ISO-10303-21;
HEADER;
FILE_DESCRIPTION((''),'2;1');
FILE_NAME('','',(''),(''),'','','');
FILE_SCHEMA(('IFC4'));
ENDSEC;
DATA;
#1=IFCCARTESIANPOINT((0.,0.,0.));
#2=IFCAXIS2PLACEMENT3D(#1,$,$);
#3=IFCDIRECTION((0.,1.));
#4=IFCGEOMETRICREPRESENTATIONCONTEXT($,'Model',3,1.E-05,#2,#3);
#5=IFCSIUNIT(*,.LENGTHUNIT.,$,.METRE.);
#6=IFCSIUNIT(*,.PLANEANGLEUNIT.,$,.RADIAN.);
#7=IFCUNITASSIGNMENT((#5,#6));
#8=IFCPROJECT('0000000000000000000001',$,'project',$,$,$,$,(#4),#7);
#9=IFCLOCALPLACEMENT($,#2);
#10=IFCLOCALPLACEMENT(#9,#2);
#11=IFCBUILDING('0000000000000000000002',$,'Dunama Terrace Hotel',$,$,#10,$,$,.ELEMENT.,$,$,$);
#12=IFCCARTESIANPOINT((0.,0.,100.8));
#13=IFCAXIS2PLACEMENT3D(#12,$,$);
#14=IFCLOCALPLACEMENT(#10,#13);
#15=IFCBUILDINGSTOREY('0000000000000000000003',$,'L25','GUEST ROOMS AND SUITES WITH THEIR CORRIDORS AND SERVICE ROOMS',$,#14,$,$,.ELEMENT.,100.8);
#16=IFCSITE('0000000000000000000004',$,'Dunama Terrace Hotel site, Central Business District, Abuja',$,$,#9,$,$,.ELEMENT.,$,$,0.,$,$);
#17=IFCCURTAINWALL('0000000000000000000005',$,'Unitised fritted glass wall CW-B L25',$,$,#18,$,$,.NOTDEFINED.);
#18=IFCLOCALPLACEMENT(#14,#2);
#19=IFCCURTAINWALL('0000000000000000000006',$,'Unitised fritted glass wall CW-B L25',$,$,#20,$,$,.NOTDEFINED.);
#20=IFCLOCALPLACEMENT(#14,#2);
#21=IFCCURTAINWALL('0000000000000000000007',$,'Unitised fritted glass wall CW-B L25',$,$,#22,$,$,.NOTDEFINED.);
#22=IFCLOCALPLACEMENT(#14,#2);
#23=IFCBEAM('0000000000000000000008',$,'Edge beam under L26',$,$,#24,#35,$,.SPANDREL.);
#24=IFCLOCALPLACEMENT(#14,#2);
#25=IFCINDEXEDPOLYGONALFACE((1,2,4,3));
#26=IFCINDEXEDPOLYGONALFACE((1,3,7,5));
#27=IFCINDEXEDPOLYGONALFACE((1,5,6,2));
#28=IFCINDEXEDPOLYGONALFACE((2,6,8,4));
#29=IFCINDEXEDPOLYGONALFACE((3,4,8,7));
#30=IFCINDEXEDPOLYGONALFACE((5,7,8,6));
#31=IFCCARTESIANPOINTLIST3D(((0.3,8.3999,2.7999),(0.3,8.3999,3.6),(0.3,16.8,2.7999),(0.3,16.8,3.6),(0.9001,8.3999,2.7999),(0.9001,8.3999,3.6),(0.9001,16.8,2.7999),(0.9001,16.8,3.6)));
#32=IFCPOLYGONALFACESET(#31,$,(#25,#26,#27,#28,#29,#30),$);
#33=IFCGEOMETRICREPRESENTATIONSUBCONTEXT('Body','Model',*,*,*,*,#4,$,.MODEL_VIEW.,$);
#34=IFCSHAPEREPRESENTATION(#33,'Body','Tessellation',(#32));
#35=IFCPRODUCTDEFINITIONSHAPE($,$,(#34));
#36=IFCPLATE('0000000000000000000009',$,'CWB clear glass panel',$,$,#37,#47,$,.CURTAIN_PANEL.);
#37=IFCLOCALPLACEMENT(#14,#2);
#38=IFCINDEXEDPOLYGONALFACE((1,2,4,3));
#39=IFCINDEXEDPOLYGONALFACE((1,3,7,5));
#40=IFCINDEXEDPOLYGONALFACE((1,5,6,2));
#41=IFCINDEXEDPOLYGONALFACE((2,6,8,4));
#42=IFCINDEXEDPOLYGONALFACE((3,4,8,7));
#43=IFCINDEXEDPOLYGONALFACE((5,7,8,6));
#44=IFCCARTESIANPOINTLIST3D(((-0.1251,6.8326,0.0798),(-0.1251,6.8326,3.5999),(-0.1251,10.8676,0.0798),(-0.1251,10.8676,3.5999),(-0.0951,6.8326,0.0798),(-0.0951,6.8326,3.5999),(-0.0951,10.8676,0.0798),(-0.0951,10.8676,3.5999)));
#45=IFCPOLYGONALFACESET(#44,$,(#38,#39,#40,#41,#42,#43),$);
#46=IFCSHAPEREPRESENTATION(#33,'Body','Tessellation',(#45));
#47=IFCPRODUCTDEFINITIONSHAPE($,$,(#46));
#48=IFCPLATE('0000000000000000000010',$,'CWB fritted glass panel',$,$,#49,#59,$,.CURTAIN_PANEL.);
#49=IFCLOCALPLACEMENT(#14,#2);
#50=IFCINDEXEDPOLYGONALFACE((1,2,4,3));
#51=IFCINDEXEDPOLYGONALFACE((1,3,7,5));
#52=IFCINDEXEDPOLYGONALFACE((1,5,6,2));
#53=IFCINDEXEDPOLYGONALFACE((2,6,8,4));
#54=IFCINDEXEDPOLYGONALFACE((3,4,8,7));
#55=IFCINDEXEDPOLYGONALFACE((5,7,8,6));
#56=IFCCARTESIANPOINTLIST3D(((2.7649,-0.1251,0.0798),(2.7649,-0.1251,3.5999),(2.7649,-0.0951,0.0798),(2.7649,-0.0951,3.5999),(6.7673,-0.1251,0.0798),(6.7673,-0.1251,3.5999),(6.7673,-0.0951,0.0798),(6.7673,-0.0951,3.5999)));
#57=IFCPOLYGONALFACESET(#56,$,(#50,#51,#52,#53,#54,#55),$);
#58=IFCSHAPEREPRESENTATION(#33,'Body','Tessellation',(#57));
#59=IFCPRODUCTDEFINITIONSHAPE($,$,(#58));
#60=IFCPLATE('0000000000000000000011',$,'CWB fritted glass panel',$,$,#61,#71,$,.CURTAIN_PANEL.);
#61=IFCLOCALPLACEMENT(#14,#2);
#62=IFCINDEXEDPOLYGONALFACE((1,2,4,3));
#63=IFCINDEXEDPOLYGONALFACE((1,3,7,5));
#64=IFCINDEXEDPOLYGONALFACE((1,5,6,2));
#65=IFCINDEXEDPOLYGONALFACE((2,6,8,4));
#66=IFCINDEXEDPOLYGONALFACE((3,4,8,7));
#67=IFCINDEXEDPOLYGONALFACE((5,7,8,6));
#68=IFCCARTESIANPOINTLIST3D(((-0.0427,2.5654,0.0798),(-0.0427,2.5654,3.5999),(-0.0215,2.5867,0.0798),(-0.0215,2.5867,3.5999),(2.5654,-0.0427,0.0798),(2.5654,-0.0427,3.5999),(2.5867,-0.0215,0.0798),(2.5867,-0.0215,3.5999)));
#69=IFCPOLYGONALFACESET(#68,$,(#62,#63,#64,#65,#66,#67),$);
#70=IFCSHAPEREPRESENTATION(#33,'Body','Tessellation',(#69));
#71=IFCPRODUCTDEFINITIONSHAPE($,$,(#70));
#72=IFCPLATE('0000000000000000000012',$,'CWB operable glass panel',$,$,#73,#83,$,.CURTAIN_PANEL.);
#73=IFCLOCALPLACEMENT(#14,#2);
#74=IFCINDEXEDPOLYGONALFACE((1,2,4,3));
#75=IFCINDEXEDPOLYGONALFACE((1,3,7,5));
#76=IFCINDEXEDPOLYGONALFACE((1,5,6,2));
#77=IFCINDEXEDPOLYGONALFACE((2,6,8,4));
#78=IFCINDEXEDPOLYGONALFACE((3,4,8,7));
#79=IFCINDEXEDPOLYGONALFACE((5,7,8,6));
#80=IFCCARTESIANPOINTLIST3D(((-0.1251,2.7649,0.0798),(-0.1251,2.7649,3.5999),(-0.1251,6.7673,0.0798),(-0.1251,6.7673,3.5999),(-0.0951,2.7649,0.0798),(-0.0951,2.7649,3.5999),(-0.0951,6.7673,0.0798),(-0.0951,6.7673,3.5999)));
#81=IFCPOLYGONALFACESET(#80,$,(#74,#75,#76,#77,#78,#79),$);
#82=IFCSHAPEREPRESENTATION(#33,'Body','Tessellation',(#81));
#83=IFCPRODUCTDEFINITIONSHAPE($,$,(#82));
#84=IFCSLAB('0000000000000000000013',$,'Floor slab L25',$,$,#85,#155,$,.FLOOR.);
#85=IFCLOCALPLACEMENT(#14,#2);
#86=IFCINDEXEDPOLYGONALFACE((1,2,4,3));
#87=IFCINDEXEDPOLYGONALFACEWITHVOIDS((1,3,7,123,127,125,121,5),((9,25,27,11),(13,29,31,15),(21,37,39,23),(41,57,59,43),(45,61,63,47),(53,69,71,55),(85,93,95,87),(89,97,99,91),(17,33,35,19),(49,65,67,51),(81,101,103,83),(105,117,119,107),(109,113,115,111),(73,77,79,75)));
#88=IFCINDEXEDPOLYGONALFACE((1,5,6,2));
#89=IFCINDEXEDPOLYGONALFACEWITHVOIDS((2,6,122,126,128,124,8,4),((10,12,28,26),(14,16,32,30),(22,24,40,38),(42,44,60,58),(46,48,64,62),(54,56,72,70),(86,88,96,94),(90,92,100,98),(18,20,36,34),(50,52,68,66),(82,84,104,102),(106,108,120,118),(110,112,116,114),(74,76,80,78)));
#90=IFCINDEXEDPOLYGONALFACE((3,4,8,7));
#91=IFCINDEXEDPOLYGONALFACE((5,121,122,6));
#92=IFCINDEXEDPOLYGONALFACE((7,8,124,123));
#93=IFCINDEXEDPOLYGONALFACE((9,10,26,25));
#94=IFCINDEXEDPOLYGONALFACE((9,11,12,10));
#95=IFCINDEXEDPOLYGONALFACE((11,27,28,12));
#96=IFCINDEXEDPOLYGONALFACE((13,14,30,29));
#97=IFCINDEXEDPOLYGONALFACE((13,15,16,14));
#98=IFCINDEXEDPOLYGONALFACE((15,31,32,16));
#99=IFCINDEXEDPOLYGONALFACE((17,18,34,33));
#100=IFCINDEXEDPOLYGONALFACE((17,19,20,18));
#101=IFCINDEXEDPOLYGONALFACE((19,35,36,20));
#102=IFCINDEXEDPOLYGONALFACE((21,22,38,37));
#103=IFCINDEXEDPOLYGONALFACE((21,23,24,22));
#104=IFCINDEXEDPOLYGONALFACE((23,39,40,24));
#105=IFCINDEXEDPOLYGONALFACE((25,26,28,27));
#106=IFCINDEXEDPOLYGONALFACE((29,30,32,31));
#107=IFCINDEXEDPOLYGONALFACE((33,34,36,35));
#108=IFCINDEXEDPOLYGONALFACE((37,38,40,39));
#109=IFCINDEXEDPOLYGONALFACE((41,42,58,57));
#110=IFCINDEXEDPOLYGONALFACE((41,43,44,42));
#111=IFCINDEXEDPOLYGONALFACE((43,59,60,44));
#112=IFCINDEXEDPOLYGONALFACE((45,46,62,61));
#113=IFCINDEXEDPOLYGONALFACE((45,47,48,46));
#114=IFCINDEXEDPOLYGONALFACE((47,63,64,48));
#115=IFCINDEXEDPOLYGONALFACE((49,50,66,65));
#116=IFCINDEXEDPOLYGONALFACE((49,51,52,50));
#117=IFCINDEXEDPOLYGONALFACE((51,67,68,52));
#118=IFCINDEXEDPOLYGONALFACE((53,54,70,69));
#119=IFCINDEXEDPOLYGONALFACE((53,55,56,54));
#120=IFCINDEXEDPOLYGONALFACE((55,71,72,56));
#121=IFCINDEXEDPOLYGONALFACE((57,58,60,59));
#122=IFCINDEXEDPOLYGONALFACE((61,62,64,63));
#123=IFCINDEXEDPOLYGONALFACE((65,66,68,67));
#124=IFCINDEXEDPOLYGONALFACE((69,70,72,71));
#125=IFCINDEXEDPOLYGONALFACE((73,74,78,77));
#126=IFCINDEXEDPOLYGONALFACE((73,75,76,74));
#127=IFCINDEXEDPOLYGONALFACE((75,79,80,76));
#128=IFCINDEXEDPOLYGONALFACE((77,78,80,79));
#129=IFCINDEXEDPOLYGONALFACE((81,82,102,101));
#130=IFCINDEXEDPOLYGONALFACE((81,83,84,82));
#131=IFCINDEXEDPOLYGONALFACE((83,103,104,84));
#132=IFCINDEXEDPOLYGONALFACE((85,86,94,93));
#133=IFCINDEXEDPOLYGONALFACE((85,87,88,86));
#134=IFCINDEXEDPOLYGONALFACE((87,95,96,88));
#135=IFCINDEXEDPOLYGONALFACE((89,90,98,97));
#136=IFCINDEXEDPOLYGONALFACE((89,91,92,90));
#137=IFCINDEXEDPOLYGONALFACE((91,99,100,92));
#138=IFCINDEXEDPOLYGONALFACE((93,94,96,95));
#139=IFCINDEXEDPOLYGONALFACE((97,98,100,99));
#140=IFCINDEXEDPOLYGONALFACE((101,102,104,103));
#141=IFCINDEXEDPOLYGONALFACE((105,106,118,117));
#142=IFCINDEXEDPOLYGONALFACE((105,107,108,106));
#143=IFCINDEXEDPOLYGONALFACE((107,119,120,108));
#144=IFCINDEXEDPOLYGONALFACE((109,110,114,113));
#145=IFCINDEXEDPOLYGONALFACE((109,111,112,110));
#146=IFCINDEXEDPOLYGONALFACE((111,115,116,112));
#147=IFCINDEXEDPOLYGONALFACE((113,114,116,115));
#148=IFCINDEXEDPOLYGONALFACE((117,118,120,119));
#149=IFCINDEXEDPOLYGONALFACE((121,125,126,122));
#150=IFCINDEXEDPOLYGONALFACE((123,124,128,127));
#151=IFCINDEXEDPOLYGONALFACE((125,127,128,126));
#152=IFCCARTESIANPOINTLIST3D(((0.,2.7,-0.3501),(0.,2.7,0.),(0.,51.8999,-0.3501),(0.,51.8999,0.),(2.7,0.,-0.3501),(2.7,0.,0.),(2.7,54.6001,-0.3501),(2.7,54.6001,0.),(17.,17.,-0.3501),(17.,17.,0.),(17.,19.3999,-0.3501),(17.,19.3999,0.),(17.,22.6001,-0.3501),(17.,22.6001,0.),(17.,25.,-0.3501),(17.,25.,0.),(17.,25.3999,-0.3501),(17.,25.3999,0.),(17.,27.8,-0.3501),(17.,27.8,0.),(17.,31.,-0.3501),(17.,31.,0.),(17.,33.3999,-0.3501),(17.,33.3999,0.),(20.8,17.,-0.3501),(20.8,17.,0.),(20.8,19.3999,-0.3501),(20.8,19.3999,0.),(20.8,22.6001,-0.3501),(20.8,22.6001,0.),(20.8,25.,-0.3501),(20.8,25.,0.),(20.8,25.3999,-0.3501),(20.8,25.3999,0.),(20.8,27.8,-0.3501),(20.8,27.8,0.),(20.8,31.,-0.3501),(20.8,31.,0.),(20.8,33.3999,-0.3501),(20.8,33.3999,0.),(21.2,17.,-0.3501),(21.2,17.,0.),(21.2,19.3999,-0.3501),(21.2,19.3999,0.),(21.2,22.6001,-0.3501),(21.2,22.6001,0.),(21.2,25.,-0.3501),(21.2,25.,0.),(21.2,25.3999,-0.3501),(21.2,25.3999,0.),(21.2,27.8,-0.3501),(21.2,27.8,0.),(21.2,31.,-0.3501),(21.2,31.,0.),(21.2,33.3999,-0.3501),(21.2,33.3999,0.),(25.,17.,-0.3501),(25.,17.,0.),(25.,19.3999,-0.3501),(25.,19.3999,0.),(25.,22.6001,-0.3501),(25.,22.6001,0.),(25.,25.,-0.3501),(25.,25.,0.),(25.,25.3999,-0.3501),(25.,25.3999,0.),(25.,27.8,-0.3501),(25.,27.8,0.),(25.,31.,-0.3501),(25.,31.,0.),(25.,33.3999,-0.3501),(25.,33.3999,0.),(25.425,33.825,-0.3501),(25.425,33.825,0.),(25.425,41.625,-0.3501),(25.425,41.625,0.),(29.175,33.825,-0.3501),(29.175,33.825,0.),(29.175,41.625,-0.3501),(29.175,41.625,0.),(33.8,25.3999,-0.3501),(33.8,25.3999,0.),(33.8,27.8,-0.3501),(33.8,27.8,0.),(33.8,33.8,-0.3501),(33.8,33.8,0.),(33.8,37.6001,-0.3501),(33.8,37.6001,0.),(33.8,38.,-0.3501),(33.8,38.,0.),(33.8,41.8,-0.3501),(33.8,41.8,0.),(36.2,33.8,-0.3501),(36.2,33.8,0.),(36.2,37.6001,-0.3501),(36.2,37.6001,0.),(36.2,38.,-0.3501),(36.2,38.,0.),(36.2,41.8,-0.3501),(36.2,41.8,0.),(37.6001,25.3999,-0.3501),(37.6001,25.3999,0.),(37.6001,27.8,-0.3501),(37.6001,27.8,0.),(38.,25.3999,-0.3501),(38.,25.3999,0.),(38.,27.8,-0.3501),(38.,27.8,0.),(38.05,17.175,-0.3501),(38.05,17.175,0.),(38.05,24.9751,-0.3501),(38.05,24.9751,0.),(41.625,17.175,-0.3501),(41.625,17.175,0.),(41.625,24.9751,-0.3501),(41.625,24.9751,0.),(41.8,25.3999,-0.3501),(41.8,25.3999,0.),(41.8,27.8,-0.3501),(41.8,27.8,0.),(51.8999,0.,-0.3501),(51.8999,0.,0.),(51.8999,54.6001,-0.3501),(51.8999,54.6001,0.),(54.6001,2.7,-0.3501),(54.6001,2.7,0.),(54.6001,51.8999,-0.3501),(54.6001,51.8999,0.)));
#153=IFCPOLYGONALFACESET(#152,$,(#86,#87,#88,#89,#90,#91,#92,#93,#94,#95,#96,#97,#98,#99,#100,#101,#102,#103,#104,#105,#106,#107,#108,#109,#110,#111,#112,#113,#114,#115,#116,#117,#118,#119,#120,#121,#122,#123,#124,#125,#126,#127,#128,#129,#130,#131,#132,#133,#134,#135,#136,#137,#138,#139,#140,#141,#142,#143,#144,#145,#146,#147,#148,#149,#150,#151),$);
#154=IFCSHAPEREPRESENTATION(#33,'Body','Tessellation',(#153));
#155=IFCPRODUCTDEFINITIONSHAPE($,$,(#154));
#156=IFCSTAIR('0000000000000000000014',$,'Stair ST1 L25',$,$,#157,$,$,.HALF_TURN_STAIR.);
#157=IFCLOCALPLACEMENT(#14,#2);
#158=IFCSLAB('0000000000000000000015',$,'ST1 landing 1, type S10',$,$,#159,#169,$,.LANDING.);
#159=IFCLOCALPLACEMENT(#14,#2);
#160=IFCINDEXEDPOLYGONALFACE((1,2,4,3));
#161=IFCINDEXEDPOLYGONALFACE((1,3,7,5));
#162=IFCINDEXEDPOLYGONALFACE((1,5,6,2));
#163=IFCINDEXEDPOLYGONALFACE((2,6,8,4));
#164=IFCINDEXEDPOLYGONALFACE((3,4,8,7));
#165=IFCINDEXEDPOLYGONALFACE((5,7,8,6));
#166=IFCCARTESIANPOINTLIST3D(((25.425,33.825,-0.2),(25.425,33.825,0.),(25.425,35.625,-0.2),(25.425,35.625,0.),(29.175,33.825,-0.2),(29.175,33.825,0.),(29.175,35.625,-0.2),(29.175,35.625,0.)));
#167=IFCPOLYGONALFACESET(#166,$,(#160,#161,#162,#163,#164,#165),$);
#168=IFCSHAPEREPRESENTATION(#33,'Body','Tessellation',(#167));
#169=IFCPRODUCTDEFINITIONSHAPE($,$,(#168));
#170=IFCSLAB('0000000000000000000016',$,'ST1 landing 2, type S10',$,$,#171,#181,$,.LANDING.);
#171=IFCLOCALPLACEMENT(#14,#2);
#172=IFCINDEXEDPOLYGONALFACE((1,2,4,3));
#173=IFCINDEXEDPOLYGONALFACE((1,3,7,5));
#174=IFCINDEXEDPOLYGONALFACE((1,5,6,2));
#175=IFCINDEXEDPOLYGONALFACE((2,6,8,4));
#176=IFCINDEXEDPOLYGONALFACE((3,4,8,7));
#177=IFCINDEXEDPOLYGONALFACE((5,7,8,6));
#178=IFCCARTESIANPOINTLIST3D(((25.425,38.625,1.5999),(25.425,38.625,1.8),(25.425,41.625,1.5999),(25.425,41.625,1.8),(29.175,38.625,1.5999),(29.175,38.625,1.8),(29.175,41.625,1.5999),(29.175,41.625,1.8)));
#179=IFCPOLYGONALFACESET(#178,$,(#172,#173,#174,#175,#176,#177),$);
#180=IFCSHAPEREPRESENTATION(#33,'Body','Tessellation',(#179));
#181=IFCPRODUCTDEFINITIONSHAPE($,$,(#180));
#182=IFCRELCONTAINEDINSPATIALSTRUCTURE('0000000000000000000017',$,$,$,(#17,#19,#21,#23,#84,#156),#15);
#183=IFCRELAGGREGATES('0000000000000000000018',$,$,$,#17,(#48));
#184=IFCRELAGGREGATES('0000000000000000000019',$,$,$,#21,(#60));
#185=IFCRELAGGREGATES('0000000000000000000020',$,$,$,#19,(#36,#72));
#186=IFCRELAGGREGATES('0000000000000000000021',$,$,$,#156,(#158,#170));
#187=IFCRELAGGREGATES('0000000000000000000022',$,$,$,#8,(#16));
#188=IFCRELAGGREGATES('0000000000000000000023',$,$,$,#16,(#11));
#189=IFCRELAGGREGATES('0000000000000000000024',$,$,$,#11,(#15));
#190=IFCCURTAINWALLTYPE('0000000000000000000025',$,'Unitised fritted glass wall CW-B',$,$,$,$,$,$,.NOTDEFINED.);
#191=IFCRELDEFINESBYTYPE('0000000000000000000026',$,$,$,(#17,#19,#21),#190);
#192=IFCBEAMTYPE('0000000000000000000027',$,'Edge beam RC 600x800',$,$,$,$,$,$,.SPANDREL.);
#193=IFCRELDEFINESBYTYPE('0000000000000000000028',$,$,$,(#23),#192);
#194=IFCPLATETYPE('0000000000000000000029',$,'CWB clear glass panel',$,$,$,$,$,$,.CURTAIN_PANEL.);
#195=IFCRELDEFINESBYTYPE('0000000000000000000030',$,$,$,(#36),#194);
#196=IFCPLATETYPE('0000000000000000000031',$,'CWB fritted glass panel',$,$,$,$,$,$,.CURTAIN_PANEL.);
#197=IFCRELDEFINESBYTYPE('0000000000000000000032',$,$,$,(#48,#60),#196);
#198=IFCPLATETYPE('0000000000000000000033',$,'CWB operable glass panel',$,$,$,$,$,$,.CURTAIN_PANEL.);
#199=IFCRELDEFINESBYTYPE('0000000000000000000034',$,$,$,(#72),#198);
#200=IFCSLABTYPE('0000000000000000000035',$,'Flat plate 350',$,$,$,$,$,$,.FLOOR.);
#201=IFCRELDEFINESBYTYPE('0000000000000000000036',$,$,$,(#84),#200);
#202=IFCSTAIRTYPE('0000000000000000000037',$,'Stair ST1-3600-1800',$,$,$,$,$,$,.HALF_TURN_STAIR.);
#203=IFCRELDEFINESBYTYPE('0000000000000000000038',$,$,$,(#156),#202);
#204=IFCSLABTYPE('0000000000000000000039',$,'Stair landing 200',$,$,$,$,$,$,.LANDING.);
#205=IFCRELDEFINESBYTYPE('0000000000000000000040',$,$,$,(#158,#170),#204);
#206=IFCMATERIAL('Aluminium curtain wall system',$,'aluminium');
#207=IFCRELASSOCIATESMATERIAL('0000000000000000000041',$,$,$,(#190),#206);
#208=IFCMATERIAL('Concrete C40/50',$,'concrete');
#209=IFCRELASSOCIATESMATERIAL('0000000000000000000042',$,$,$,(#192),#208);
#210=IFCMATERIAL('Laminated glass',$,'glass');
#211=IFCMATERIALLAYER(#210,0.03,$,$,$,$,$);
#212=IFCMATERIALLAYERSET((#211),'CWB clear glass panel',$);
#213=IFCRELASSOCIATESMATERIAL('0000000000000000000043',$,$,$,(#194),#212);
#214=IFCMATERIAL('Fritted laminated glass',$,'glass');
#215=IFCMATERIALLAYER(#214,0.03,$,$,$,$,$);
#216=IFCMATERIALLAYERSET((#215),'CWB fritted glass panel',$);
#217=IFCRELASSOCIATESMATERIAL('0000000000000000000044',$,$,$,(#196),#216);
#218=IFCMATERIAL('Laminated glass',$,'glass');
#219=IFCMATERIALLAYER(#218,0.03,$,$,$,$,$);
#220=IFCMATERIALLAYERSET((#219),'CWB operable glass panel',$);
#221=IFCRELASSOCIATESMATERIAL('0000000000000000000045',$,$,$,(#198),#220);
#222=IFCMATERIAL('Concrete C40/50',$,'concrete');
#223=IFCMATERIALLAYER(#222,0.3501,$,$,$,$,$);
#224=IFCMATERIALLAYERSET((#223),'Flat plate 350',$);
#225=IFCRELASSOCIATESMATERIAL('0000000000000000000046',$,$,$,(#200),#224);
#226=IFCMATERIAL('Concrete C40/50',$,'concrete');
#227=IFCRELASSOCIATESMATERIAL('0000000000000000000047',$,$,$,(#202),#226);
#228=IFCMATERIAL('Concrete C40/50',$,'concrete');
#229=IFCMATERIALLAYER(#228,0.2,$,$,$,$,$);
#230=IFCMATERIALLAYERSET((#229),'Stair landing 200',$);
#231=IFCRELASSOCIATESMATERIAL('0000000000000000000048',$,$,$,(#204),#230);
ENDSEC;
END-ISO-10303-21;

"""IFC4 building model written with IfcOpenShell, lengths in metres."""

from ifc_helpers import new_model, si_unit, direction, frame, origin, origin_2d, place, context, subcontext, project, spatial, polyline, rectangle, outline, extrude, material, layer, layer_set, material_profile, profile_set, type_object, element, aggregate, save


model = new_model("IFC4")

# Units and contexts
model_context = context("Model", 3, precision=1e-05, world=origin(), true_north=direction((0.0, 1.0)))
body_context = subcontext(model_context, "Body", "Model", "MODEL_VIEW")
ifc_project = project(units=[si_unit("LENGTHUNIT", "METRE"), si_unit("PLANEANGLEUNIT", "RADIAN")], contexts=[model_context])

# Site, building, storey
site_placement = place(None, origin())
site = spatial("IfcSite", under=ifc_project, at=site_placement, Name="Dunama Terrace Hotel site, Central Business District, Abuja", CompositionType="ELEMENT", RefElevation=0.0)
building_placement = place(site_placement, origin())
building = spatial("IfcBuilding", under=site, at=building_placement, Name="Dunama Terrace Hotel", CompositionType="ELEMENT")
storey_placement = place(building_placement, frame((0.0, 0.0, 100.8)))
storey = spatial("IfcBuildingStorey", under=building, at=storey_placement, Name="L25", Description="GUEST ROOMS AND SUITES WITH THEIR CORRIDORS AND SERVICE ROOMS", CompositionType="ELEMENT", Elevation=100.8)

# Curtain walls
ifc_material_1 = material(Name="Aluminium curtain wall system", Category="aluminium")
curtain_wall_type = type_object("IfcCurtainWallType", Name="Unitised fritted glass wall CW-B", PredefinedType="NOTDEFINED", material=ifc_material_1)
curtain_wall_1_placement = place(storey_placement, origin())
curtain_wall_1 = element("IfcCurtainWall", 1, at=curtain_wall_1_placement, inside=storey, type_object=curtain_wall_type, Name="Unitised fritted glass wall CW-B L25", PredefinedType="NOTDEFINED")
curtain_wall_2_placement = place(storey_placement, origin())
curtain_wall_2 = element("IfcCurtainWall", 2, at=curtain_wall_2_placement, inside=storey, type_object=curtain_wall_type, Name="Unitised fritted glass wall CW-B L25", PredefinedType="NOTDEFINED")
curtain_wall_3_placement = place(storey_placement, origin())
curtain_wall_3 = element("IfcCurtainWall", 3, at=curtain_wall_3_placement, inside=storey, type_object=curtain_wall_type, Name="Unitised fritted glass wall CW-B L25", PredefinedType="NOTDEFINED")

# Beam
ifc_material_2 = material(Name="Concrete C40/50", Category="concrete")
ifc_material_profile_1 = material_profile(ifc_material_2, rectangle(XDim=0.6001, YDim=0.8, at=origin_2d()), Name="RC 600x800")
ifc_profile_set_1 = profile_set([ifc_material_profile_1], Name="Concrete C40/50")
beam_type = type_object("IfcBeamType", Name="Edge beam RC 600x800", PredefinedType="SPANDREL", material=ifc_profile_set_1)
beam_placement = place(storey_placement, frame((0.6001, 8.3999, 3.2), z_axis=(0.0, 1.0, 0.0), x_axis=(-1.0, 0.0, 0.0)))
element("IfcBeam", 4, at=beam_placement, inside=storey, type_object=beam_type, Name="Edge beam under L26", PredefinedType="SPANDREL", context=body_context, shape_type="SweptSolid", body=[
    extrude(rectangle(XDim=0.6001, YDim=0.8, at=origin_2d()), origin(), (0.0, 0.0, 1.0), 8.4001),
])

# Plates
ifc_material_3 = material(Name="Laminated glass", Category="glass")
ifc_layer_1 = layer(ifc_material_3, 0.03)
ifc_layer_set_1 = layer_set([ifc_layer_1], Name="CWB clear glass panel")
plate_type_1 = type_object("IfcPlateType", Name="CWB clear glass panel", PredefinedType="CURTAIN_PANEL", material=ifc_layer_set_1)
plate_1_placement = place(storey_placement, frame((-0.1101, 8.8501, 0.0798), z_axis=(0.0, 0.0, 1.0), x_axis=(0.0, -1.0, 0.0)))
plate_1 = element("IfcPlate", 5, at=plate_1_placement, type_object=plate_type_1, Name="CWB clear glass panel", PredefinedType="CURTAIN_PANEL", context=body_context, shape_type="SweptSolid", body=[
    extrude(rectangle(XDim=4.0349, YDim=0.03, at=origin_2d()), origin(), (0.0, 0.0, 1.0), 3.52),
])
ifc_material_4 = material(Name="Fritted laminated glass", Category="glass")
ifc_layer_2 = layer(ifc_material_4, 0.03)
ifc_layer_set_2 = layer_set([ifc_layer_2], Name="CWB fritted glass panel")
plate_type_2 = type_object("IfcPlateType", Name="CWB fritted glass panel", PredefinedType="CURTAIN_PANEL", material=ifc_layer_set_2)
plate_2_placement = place(storey_placement, frame((4.7661, -0.1101, 0.0798), z_axis=(0.0, 0.0, 1.0), x_axis=(1.0, 0.0, 0.0)))
plate_2 = element("IfcPlate", 6, at=plate_2_placement, type_object=plate_type_2, Name="CWB fritted glass panel", PredefinedType="CURTAIN_PANEL", context=body_context, shape_type="SweptSolid", body=[
    extrude(rectangle(XDim=4.0024, YDim=0.03, at=origin_2d()), origin(), (0.0, 0.0, 1.0), 3.52),
])
aggregate(curtain_wall_1, [plate_2])
plate_3_placement = place(storey_placement, frame((1.272, 1.272, 0.0798), z_axis=(0.0, 0.0, 1.0), x_axis=(0.707107, -0.707107, 0.0)))
plate_3 = element("IfcPlate", 7, at=plate_3_placement, type_object=plate_type_2, Name="CWB fritted glass panel", PredefinedType="CURTAIN_PANEL", context=body_context, shape_type="SweptSolid", body=[
    extrude(rectangle(XDim=3.6885, YDim=0.03, at=origin_2d()), origin(), (0.0, 0.0, 1.0), 3.52),
])
aggregate(curtain_wall_3, [plate_3])
ifc_material_5 = material(Name="Laminated glass", Category="glass")
ifc_layer_3 = layer(ifc_material_5, 0.03)
ifc_layer_set_3 = layer_set([ifc_layer_3], Name="CWB operable glass panel")
plate_type_3 = type_object("IfcPlateType", Name="CWB operable glass panel", PredefinedType="CURTAIN_PANEL", material=ifc_layer_set_3)
plate_4_placement = place(storey_placement, frame((-0.1101, 4.7661, 0.0798), z_axis=(0.0, 0.0, 1.0), x_axis=(0.0, -1.0, 0.0)))
plate_4 = element("IfcPlate", 8, at=plate_4_placement, type_object=plate_type_3, Name="CWB operable glass panel", PredefinedType="CURTAIN_PANEL", context=body_context, shape_type="SweptSolid", body=[
    extrude(rectangle(XDim=4.0024, YDim=0.03, at=origin_2d()), origin(), (0.0, 0.0, 1.0), 3.52),
])
aggregate(curtain_wall_2, [plate_1, plate_4])

# Slab
ifc_material_6 = material(Name="Concrete C40/50", Category="concrete")
ifc_layer_4 = layer(ifc_material_6, 0.3501)
ifc_layer_set_4 = layer_set([ifc_layer_4], Name="Flat plate 350")
slab_type_1 = type_object("IfcSlabType", Name="Flat plate 350", PredefinedType="FLOOR", material=ifc_layer_set_4)
slab_1_placement = place(storey_placement, frame((0.0, 0.0, -0.3501)))
element("IfcSlab", 9, at=slab_1_placement, inside=storey, type_object=slab_type_1, Name="Floor slab L25", PredefinedType="FLOOR", context=body_context, shape_type="SweptSolid", body=[
    extrude(outline(polyline([(2.7, 0.0), (51.8999, 0.0), (54.6001, 2.7), (54.6001, 51.8999), (51.8999, 54.6001), (2.7, 54.6001), (0.0, 51.8999), (0.0, 2.7), (2.7, 0.0)]), holes=[polyline([(37.6001, 25.3999), (37.6001, 27.8), (33.8, 27.8), (33.8, 25.3999), (37.6001, 25.3999)]), polyline([(41.8, 25.3999), (41.8, 27.8), (38.0, 27.8), (38.0, 25.3999), (41.8, 25.3999)]), polyline([(20.8, 17.0), (20.8, 19.3999), (17.0, 19.3999), (17.0, 17.0), (20.8, 17.0)]), polyline([(25.0, 17.0), (25.0, 19.3999), (21.2, 19.3999), (21.2, 17.0), (25.0, 17.0)]), polyline([(20.8, 22.6001), (20.8, 25.0), (17.0, 25.0), (17.0, 22.6001), (20.8, 22.6001)]), polyline([(25.0, 22.6001), (25.0, 25.0), (21.2, 25.0), (21.2, 22.6001), (25.0, 22.6001)]), polyline([(20.8, 25.3999), (20.8, 27.8), (17.0, 27.8), (17.0, 25.3999), (20.8, 25.3999)]), polyline([(25.0, 25.3999), (25.0, 27.8), (21.2, 27.8), (21.2, 25.3999), (25.0, 25.3999)]), polyline([(20.8, 31.0), (20.8, 33.3999), (17.0, 33.3999), (17.0, 31.0), (20.8, 31.0)]), polyline([(25.0, 31.0), (25.0, 33.3999), (21.2, 33.3999), (21.2, 31.0), (25.0, 31.0)]), polyline([(36.2, 38.0), (36.2, 41.8), (33.8, 41.8), (33.8, 38.0), (36.2, 38.0)]), polyline([(36.2, 33.8), (36.2, 37.6001), (33.8, 37.6001), (33.8, 33.8), (36.2, 33.8)]), polyline([(29.175, 33.825), (29.175, 41.625), (25.425, 41.625), (25.425, 33.825), (29.175, 33.825)]), polyline([(41.625, 17.175), (41.625, 24.9751), (38.05, 24.9751), (38.05, 17.175), (41.625, 17.175)])]), origin(), (0.0, 0.0, 1.0), 0.3501),
])

# Stair, slabs
ifc_material_7 = material(Name="Concrete C40/50", Category="concrete")
stair_type_1 = type_object("IfcStairType", Name="Stair ST1-3600-1800", PredefinedType="HALF_TURN_STAIR", material=ifc_material_7)
stair_1_placement = place(storey_placement, origin())
stair_1 = element("IfcStair", 10, at=stair_1_placement, inside=storey, type_object=stair_type_1, Name="Stair ST1 L25", PredefinedType="HALF_TURN_STAIR")
ifc_material_8 = material(Name="Concrete C40/50", Category="concrete")
ifc_layer_5 = layer(ifc_material_8, 0.2)
ifc_layer_set_5 = layer_set([ifc_layer_5], Name="Stair landing 200")
slab_type_2 = type_object("IfcSlabType", Name="Stair landing 200", PredefinedType="LANDING", material=ifc_layer_set_5)
slab_2_placement = place(storey_placement, frame((0.0, 0.0, -0.2)))
slab_2 = element("IfcSlab", 11, at=slab_2_placement, type_object=slab_type_2, Name="ST1 landing 1, type S10", PredefinedType="LANDING", context=body_context, shape_type="SweptSolid", body=[
    extrude(outline(polyline([(25.425, 33.825), (29.175, 33.825), (29.175, 35.625), (25.425, 35.625), (25.425, 33.825)])), origin(), (0.0, 0.0, 1.0), 0.2),
])
slab_3_placement = place(storey_placement, frame((0.0, 0.0, 1.5999)))
slab_3 = element("IfcSlab", 12, at=slab_3_placement, type_object=slab_type_2, Name="ST1 landing 2, type S10", PredefinedType="LANDING", context=body_context, shape_type="SweptSolid", body=[
    extrude(outline(polyline([(25.425, 38.625), (29.175, 38.625), (29.175, 41.625), (25.425, 41.625), (25.425, 38.625)])), origin(), (0.0, 0.0, 1.0), 0.2002),
])
aggregate(stair_1, [slab_2, slab_3])

save(model, "model.ifc")
